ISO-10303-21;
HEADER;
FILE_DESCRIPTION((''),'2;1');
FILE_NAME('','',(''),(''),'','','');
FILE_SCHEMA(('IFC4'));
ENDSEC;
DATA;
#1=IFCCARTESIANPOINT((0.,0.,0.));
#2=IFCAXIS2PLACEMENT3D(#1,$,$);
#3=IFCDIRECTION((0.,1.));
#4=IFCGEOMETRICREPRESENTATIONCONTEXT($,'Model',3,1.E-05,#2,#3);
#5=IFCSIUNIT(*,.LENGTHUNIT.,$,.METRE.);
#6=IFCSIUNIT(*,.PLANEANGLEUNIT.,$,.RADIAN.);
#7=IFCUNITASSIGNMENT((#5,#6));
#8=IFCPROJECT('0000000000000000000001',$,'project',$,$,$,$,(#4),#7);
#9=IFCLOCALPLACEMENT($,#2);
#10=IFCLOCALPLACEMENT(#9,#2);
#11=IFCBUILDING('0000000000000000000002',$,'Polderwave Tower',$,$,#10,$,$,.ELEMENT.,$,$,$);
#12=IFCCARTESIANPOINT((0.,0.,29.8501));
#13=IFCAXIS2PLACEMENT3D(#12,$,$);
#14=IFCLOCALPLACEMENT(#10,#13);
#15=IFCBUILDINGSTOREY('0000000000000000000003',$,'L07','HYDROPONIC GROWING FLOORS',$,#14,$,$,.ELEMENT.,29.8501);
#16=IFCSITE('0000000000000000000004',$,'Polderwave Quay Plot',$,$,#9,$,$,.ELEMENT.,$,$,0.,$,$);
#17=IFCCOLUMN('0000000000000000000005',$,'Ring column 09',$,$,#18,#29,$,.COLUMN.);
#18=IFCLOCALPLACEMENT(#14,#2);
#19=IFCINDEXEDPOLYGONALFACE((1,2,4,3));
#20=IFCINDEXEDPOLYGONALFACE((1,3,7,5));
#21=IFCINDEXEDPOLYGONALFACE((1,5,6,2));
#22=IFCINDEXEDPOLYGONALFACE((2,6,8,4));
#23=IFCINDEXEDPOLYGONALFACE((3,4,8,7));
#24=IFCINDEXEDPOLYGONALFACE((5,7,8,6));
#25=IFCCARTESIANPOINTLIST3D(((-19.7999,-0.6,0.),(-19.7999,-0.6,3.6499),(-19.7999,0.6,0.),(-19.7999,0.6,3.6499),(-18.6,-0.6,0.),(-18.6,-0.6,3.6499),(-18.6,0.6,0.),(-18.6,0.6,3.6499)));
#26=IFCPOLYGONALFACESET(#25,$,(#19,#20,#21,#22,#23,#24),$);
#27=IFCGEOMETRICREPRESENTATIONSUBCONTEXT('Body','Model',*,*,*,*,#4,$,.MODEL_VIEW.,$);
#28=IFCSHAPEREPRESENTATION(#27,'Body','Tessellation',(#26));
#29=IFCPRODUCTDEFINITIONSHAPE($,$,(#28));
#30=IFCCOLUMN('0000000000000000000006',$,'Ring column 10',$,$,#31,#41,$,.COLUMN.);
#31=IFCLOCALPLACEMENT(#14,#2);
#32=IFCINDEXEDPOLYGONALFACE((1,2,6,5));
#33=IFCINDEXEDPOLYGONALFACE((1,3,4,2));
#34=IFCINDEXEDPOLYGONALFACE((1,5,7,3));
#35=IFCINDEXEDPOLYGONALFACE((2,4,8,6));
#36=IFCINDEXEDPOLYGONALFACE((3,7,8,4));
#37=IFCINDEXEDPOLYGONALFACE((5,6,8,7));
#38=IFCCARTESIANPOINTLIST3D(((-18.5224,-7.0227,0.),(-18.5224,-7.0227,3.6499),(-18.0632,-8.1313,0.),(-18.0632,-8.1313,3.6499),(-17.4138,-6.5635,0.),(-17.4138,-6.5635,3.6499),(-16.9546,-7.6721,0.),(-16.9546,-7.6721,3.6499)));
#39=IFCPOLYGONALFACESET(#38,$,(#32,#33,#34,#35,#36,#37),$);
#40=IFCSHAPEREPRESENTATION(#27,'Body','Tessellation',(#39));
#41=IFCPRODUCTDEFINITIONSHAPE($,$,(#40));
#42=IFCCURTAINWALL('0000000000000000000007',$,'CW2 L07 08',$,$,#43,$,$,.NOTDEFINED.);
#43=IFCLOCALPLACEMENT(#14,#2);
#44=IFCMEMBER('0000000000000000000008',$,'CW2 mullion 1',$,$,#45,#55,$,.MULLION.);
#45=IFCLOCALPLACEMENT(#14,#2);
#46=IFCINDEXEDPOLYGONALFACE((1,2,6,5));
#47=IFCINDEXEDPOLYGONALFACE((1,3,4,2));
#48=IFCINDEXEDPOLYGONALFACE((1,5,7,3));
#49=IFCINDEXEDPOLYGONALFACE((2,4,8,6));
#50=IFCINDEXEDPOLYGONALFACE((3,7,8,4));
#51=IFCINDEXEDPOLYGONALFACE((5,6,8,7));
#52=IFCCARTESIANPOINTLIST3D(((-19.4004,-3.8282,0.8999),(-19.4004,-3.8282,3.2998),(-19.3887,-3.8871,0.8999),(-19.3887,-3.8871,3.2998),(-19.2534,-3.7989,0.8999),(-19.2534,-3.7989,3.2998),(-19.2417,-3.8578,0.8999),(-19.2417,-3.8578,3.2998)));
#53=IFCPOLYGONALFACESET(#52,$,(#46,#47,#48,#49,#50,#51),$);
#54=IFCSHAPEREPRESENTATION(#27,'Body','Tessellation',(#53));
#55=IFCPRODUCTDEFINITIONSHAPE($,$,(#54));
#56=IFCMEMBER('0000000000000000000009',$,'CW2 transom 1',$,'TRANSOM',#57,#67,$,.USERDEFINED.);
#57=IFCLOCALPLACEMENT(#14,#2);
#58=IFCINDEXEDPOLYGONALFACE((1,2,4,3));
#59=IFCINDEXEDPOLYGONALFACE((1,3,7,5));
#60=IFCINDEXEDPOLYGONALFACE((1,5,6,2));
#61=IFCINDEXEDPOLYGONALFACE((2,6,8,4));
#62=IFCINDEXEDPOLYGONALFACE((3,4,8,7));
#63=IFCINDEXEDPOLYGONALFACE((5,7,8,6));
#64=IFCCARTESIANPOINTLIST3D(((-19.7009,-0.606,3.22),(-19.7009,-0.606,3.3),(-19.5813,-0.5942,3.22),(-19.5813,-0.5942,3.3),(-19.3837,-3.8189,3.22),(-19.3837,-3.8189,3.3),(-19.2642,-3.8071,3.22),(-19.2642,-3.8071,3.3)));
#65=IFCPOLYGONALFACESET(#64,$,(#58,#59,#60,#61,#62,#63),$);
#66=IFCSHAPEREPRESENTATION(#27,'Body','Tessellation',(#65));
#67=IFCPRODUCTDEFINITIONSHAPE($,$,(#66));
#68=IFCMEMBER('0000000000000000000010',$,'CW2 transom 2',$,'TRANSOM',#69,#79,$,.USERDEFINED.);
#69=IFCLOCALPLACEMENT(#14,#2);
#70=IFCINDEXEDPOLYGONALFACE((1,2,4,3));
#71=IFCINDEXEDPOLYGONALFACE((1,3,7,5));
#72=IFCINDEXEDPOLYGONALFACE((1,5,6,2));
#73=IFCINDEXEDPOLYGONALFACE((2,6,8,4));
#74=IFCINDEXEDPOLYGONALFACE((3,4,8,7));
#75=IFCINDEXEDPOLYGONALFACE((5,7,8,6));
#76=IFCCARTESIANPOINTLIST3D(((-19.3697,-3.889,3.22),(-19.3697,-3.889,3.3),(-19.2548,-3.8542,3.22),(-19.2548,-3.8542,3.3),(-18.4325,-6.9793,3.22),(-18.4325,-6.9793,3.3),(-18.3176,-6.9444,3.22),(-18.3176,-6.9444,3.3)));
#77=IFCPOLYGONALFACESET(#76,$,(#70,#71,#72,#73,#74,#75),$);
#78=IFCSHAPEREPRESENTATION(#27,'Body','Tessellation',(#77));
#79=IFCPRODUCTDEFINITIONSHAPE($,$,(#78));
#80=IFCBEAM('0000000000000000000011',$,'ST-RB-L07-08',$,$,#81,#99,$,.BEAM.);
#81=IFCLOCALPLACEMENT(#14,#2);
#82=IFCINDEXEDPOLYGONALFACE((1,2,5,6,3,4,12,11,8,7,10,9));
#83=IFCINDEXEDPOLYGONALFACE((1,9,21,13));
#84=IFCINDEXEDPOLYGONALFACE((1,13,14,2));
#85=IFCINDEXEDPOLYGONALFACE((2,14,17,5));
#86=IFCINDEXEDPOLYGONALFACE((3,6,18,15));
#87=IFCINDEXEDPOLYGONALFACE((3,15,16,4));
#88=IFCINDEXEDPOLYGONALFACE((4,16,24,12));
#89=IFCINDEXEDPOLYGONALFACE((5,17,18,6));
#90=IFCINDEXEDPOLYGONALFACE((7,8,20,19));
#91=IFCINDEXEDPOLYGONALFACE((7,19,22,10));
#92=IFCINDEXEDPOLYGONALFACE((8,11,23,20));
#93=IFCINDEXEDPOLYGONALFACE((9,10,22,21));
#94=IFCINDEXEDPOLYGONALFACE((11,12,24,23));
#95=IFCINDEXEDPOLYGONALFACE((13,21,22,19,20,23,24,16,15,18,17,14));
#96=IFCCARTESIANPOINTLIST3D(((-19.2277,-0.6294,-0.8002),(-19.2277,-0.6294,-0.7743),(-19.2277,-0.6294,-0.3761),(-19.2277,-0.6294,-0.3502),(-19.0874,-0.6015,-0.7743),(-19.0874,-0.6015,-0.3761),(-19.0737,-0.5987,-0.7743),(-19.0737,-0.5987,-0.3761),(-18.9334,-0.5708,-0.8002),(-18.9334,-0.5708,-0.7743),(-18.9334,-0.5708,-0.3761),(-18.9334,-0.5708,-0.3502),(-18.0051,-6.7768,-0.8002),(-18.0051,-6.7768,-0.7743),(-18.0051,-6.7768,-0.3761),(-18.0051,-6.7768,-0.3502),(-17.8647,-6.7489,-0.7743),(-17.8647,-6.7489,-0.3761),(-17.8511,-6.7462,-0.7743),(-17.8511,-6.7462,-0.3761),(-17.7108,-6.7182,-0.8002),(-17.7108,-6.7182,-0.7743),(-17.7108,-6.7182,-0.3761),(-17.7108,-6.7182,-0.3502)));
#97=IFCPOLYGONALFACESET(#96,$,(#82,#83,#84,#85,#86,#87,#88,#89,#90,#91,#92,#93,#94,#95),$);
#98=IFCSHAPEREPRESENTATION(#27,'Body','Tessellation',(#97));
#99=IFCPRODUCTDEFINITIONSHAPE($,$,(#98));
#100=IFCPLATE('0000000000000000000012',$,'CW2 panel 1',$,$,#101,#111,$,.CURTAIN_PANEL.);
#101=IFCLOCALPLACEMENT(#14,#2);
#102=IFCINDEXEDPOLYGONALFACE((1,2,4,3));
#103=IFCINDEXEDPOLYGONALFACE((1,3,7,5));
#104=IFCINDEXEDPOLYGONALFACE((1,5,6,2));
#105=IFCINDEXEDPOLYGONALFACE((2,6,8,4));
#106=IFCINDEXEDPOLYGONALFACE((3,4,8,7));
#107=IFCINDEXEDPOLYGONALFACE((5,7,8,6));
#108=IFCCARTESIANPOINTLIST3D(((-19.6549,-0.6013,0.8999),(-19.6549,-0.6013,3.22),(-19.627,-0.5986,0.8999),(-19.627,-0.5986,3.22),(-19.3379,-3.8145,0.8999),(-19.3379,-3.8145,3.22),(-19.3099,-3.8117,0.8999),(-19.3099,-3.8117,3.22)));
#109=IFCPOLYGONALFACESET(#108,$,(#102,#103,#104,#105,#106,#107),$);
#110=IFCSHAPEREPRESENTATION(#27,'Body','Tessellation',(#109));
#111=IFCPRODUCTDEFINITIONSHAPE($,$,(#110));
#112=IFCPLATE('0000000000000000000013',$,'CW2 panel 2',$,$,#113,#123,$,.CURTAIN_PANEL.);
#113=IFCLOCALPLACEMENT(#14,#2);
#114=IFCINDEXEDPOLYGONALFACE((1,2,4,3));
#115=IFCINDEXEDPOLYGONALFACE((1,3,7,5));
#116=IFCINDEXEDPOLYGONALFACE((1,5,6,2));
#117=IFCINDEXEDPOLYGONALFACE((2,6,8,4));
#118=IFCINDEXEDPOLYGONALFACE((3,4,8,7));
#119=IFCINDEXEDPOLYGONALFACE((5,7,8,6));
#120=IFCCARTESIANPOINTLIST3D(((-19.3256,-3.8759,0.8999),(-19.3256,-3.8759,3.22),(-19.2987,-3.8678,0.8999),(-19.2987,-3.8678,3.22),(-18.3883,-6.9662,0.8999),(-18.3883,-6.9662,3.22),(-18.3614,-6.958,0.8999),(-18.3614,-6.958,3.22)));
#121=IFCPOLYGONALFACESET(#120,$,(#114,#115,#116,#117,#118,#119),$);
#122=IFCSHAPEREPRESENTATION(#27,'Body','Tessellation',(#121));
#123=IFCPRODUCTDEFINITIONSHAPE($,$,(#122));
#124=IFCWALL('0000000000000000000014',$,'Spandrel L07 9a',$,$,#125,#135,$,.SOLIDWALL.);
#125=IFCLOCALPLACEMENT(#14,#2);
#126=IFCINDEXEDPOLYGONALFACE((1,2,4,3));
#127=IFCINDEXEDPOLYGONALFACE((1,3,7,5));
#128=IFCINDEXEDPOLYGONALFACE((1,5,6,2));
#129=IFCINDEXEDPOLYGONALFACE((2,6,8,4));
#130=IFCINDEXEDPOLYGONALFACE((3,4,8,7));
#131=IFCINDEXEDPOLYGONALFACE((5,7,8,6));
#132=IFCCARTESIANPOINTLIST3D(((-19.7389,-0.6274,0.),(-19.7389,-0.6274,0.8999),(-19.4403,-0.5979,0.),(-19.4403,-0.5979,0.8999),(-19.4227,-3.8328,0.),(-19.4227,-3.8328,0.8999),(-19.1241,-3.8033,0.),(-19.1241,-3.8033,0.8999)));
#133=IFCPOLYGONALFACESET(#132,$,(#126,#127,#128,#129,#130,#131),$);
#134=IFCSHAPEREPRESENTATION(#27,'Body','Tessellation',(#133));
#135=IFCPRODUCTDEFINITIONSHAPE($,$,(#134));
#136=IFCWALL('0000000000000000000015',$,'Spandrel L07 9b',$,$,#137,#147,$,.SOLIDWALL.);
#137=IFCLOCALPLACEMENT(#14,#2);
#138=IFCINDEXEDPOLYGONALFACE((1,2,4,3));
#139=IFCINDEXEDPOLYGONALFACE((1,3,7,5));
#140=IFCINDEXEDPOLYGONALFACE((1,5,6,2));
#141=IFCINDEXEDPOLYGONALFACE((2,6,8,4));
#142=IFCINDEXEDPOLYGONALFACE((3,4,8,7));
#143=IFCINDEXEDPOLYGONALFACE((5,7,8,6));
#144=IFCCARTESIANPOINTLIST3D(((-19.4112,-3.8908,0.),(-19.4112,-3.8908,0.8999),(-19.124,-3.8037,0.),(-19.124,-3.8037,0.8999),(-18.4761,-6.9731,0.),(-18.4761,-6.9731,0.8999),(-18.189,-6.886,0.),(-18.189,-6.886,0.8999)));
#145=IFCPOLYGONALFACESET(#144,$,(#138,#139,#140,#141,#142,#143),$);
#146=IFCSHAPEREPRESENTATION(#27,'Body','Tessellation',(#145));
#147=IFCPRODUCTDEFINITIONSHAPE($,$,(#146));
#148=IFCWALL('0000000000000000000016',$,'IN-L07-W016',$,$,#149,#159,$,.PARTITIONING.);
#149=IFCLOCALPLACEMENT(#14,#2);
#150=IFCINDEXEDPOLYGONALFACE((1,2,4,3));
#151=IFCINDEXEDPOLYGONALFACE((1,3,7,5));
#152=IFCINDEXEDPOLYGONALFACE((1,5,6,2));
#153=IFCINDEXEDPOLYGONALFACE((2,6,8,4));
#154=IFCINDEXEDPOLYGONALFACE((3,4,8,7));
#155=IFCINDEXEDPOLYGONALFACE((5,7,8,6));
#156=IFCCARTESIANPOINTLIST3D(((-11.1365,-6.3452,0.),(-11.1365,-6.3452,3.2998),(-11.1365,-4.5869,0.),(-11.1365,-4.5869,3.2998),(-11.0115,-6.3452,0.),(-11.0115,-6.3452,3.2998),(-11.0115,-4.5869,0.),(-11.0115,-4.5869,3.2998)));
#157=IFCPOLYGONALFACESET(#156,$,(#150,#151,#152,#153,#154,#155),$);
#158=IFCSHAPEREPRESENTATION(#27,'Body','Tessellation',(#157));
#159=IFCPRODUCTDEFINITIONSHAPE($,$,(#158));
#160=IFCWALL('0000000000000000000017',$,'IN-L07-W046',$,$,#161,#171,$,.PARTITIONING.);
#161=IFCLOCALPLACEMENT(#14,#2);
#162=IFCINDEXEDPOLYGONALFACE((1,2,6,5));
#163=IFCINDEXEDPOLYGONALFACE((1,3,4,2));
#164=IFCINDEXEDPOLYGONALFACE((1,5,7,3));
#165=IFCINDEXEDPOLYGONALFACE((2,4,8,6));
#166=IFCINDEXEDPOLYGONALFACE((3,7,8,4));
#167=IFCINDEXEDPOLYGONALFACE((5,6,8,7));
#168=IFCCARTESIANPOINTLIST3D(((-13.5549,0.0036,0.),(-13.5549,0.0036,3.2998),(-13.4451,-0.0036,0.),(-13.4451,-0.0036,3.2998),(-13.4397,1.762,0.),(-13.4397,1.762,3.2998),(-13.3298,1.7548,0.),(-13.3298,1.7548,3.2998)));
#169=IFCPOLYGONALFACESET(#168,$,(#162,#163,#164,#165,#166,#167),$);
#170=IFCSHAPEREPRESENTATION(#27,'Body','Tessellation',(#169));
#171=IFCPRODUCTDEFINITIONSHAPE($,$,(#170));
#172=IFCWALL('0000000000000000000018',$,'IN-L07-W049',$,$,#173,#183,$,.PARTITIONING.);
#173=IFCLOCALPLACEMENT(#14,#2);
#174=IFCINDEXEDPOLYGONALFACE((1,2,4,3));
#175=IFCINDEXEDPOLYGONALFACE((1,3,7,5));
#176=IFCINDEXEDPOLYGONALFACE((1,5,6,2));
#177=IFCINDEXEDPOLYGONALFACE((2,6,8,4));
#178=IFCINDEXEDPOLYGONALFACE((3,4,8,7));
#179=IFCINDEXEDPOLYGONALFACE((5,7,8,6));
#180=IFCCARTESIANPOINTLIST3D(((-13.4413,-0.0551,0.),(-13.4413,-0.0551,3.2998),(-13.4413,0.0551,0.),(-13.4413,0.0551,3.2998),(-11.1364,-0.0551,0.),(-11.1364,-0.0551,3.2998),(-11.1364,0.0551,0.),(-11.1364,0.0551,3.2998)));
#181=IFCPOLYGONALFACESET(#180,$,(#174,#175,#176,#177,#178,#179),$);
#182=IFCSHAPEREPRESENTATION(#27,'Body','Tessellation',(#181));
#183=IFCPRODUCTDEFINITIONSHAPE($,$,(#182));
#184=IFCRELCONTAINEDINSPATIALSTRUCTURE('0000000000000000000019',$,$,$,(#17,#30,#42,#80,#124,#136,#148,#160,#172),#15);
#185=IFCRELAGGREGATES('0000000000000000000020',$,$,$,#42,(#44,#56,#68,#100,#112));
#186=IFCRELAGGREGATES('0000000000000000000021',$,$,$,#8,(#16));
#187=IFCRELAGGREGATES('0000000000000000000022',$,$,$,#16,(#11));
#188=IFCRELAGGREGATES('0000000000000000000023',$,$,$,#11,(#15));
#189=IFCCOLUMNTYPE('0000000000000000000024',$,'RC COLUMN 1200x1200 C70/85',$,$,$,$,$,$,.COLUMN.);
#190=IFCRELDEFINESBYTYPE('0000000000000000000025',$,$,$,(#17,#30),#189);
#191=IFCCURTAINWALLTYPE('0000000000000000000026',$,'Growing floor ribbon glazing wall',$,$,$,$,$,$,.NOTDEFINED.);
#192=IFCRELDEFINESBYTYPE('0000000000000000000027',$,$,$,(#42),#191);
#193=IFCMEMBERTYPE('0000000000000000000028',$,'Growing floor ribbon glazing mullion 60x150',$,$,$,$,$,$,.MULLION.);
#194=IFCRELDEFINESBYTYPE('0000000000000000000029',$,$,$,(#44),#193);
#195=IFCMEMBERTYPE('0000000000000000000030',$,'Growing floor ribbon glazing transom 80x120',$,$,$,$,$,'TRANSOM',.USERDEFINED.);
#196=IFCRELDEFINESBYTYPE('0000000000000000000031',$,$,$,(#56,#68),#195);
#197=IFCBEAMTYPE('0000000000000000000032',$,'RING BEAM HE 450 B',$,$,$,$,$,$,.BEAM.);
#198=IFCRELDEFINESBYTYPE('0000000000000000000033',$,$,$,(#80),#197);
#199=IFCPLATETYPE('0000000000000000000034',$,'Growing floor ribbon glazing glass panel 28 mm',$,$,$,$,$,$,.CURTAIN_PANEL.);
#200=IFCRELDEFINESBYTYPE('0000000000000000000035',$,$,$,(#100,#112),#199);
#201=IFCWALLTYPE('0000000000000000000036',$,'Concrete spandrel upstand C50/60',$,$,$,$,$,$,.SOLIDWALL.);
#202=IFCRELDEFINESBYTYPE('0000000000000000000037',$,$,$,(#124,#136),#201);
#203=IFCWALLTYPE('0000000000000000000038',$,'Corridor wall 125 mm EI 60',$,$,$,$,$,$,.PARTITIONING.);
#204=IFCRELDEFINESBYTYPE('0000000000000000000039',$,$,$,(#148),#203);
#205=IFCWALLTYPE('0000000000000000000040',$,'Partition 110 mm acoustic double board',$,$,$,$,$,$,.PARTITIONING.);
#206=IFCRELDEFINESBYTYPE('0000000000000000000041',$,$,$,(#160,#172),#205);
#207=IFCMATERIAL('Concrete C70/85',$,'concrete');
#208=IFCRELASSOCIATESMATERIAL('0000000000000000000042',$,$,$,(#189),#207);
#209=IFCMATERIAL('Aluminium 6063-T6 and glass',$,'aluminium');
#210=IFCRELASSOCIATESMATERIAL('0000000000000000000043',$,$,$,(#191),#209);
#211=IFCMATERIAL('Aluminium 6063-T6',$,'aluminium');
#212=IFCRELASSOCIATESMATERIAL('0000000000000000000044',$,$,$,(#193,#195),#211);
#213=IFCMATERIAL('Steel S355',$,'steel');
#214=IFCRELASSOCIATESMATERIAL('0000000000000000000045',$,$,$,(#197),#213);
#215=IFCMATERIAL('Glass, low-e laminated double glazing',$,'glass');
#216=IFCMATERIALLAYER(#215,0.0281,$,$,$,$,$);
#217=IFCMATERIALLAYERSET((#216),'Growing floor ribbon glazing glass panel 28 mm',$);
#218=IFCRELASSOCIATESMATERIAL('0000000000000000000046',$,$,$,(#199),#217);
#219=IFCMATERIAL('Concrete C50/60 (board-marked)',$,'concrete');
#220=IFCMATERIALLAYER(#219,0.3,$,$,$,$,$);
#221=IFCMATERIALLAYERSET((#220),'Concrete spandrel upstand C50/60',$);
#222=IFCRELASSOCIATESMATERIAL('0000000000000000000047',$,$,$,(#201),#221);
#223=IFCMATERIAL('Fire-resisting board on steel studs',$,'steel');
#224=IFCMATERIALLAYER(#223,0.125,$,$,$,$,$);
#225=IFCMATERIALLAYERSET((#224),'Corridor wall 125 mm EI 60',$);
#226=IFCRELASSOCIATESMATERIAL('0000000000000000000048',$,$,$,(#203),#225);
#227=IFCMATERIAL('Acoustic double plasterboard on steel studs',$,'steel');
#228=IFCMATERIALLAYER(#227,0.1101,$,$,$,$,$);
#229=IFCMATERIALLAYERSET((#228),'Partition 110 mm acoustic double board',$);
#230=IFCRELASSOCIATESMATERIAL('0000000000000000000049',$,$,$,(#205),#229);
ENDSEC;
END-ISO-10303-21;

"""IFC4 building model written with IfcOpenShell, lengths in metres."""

from ifc_helpers import new_model, si_unit, direction, frame, frame_2d, origin, origin_2d, place, context, subcontext, project, spatial, rectangle, i_section, extrude, material, layer, layer_set, material_profile, profile_set, type_object, element, aggregate, save


model = new_model("IFC4")

# Units and contexts
model_context = context("Model", 3, precision=1e-05, world=origin(), true_north=direction((0.0, 1.0)))
body_context = subcontext(model_context, "Body", "Model", "MODEL_VIEW")
ifc_project = project(units=[si_unit("LENGTHUNIT", "METRE"), si_unit("PLANEANGLEUNIT", "RADIAN")], contexts=[model_context])

# Site, building, storey
site_placement = place(None, origin())
site = spatial("IfcSite", under=ifc_project, at=site_placement, Name="Polderwave Quay Plot", CompositionType="ELEMENT", RefElevation=0.0)
building_placement = place(site_placement, origin())
building = spatial("IfcBuilding", under=site, at=building_placement, Name="Polderwave Tower", CompositionType="ELEMENT")
storey_placement = place(building_placement, frame((0.0, 0.0, 29.8501)))
storey = spatial("IfcBuildingStorey", under=building, at=storey_placement, Name="L07", Description="HYDROPONIC GROWING FLOORS", CompositionType="ELEMENT", Elevation=29.8501)

# Columns
ifc_material_1 = material(Name="Concrete C70/85", Category="concrete")
ifc_material_profile_1 = material_profile(ifc_material_1, rectangle(XDim=1.2, YDim=1.2, at=origin_2d()), Name="RC 1200x1200")
ifc_profile_set_1 = profile_set([ifc_material_profile_1], Name="Concrete C70/85")
column_type = type_object("IfcColumnType", Name="RC COLUMN 1200x1200 C70/85", PredefinedType="COLUMN", material=ifc_profile_set_1)
for number, where, z_axis, x_axis, name in (
    (1, (-19.2, 0.0, 0.0), (0.0, 0.0, 1.0), (-1.0, 0.0, 0.0), "Ring column 09"),
    (2, (-17.7385, -7.3474, 0.0), (0.0, 0.0, 1.0), (-0.92388, -0.382683, 0.0), "Ring column 10"),
):
    element("IfcColumn", number, at=place(storey_placement, frame(where, z_axis=z_axis, x_axis=x_axis)), inside=storey, type_object=column_type, Name=name, PredefinedType="COLUMN", context=body_context, shape_type="SweptSolid", body=[
        extrude(rectangle(XDim=1.2, YDim=1.2, at=origin_2d()), origin(), (0.0, 0.0, 1.0), 3.6499),
    ])

# Curtain wall, members
ifc_material_2 = material(Name="Aluminium 6063-T6 and glass", Category="aluminium")
curtain_wall_type = type_object("IfcCurtainWallType", Name="Growing floor ribbon glazing wall", PredefinedType="NOTDEFINED", material=ifc_material_2)
curtain_wall_placement = place(storey_placement, origin())
curtain_wall = element("IfcCurtainWall", 3, at=curtain_wall_placement, inside=storey, type_object=curtain_wall_type, Name="CW2 L07 08", PredefinedType="NOTDEFINED")
ifc_material_3 = material(Name="Aluminium 6063-T6", Category="aluminium")
ifc_material_profile_2 = material_profile(ifc_material_3, rectangle(XDim=0.1499, YDim=0.0601, at=origin_2d()), Name="AL 60x150")
ifc_profile_set_2 = profile_set([ifc_material_profile_2], Name="Aluminium 6063-T6")
member_type_1 = type_object("IfcMemberType", Name="Growing floor ribbon glazing mullion 60x150", PredefinedType="MULLION", material=ifc_profile_set_2)
member_1_placement = place(storey_placement, frame((-19.321, -3.843, 0.8999), z_axis=(0.0, 0.0, 1.0), x_axis=(0.980772, 0.195159, 0.0)))
member_1 = element("IfcMember", 4, at=member_1_placement, type_object=member_type_1, Name="CW2 mullion 1", PredefinedType="MULLION", context=body_context, shape_type="SweptSolid", body=[
    extrude(rectangle(XDim=0.1499, YDim=0.0601, at=origin_2d()), origin(), (0.0, 0.0, 1.0), 2.3999),
])
ifc_material_profile_3 = material_profile(ifc_material_3, rectangle(XDim=0.1201, YDim=0.0801, at=origin_2d()), Name="AL 80x120")
ifc_profile_set_3 = profile_set([ifc_material_profile_3], Name="Aluminium 6063-T6")
member_type_2 = type_object("IfcMemberType", Name="Growing floor ribbon glazing transom 80x120", ElementType="TRANSOM", PredefinedType="USERDEFINED", material=ifc_profile_set_3)
member_2_placement = place(storey_placement, frame((-19.6411, -0.6001, 3.26), z_axis=(0.098231, -0.995164, 0.0), x_axis=(0.995164, 0.098231, 0.0)))
member_2 = element("IfcMember", 5, at=member_2_placement, type_object=member_type_2, Name="CW2 transom 1", ObjectType="TRANSOM", PredefinedType="USERDEFINED", context=body_context, shape_type="SweptSolid", body=[
    extrude(rectangle(XDim=0.1201, YDim=0.0801, at=origin_2d()), origin(), (0.0, 0.0, 1.0), 3.2285),
])
member_3_placement = place(storey_placement, frame((-19.3123, -3.8716, 3.26), z_axis=(0.290232, -0.956956, 0.0), x_axis=(0.956956, 0.290232, 0.0)))
member_3 = element("IfcMember", 6, at=member_3_placement, type_object=member_type_2, Name="CW2 transom 2", ObjectType="TRANSOM", PredefinedType="USERDEFINED", context=body_context, shape_type="SweptSolid", body=[
    extrude(rectangle(XDim=0.1201, YDim=0.0801, at=origin_2d()), origin(), (0.0, 0.0, 1.0), 3.2292),
])

# Beam
ifc_material_4 = material(Name="Steel S355", Category="steel")
ifc_material_profile_4 = material_profile(ifc_material_4, i_section(OverallWidth=0.3, OverallDepth=0.45, WebThickness=0.0139, FlangeThickness=0.0259, at=origin_2d()), Name="HE 450 B")
ifc_profile_set_4 = profile_set([ifc_material_profile_4], Name="Steel S355")
beam_type = type_object("IfcBeamType", Name="RING BEAM HE 450 B", PredefinedType="BEAM", material=ifc_profile_set_4)
beam_placement = place(storey_placement, frame((-19.0806, -0.6001, -0.5752), z_axis=(0.195067, -0.98079, 0.0), x_axis=(0.98079, 0.195067, 0.0)))
element("IfcBeam", 7, at=beam_placement, inside=storey, type_object=beam_type, Name="ST-RB-L07-08", PredefinedType="BEAM", context=body_context, shape_type="SweptSolid", body=[
    extrude(i_section(OverallWidth=0.3, OverallDepth=0.45, WebThickness=0.0139, FlangeThickness=0.0259, at=origin_2d()), origin(), (0.0, 0.0, 1.0), 6.2678),
])

# Plates
ifc_material_5 = material(Name="Glass, low-e laminated double glazing", Category="glass")
ifc_layer_1 = layer(ifc_material_5, 0.0281)
ifc_layer_set_1 = layer_set([ifc_layer_1], Name="Growing floor ribbon glazing glass panel 28 mm")
plate_type = type_object("IfcPlateType", Name="Growing floor ribbon glazing glass panel 28 mm", PredefinedType="CURTAIN_PANEL", material=ifc_layer_set_1)
plate_1_placement = place(storey_placement, frame((-19.4824, -2.2065, 0.8999), z_axis=(0.0, 0.0, 1.0), x_axis=(0.098198, -0.995167, 0.0)))
plate_1 = element("IfcPlate", 8, at=plate_1_placement, type_object=plate_type, Name="CW2 panel 1", PredefinedType="CURTAIN_PANEL", context=body_context, shape_type="SweptSolid", body=[
    extrude(rectangle(XDim=3.2288, YDim=0.0281, at=origin_2d()), origin(), (0.0, 0.0, 1.0), 2.3201),
])
plate_2_placement = place(storey_placement, frame((-18.8435, -5.417, 0.8999), z_axis=(0.0, 0.0, 1.0), x_axis=(0.290246, -0.956952, 0.0)))
plate_2 = element("IfcPlate", 9, at=plate_2_placement, type_object=plate_type, Name="CW2 panel 2", PredefinedType="CURTAIN_PANEL", context=body_context, shape_type="SweptSolid", body=[
    extrude(rectangle(XDim=3.2292, YDim=0.0281, at=origin_2d()), origin(), (0.0, 0.0, 1.0), 2.3201),
])
aggregate(curtain_wall, [member_1, member_2, member_3, plate_1, plate_2])

# Walls
ifc_material_6 = material(Name="Concrete C50/60 (board-marked)", Category="concrete")
ifc_layer_2 = layer(ifc_material_6, 0.3)
ifc_layer_set_2 = layer_set([ifc_layer_2], Name="Concrete spandrel upstand C50/60")
wall_type_1 = type_object("IfcWallType", Name="Concrete spandrel upstand C50/60", PredefinedType="SOLIDWALL", material=ifc_layer_set_2)
for number, where, z_axis, x_axis, name in (
    (10, (-19.5896, -0.6128, 0.0), (0.0, 0.0, 1.0), (0.09816, -0.995171, 0.0), "Spandrel L07 9a"),
    (11, (-19.2676, -3.8474, 0.0), (0.0, 0.0, 1.0), (0.290302, -0.956935, 0.0), "Spandrel L07 9b"),
):
    element("IfcWall", number, at=place(storey_placement, frame(where, z_axis=z_axis, x_axis=x_axis)), inside=storey, type_object=wall_type_1, Name=name, PredefinedType="SOLIDWALL", context=body_context, shape_type="SweptSolid", body=[
        extrude(rectangle(XDim=3.2209, YDim=0.3, at=frame_2d((1.6104, 0.0))), origin(), (0.0, 0.0, 1.0), 0.8999),
    ])
ifc_material_7 = material(Name="Fire-resisting board on steel studs", Category="steel")
ifc_layer_3 = layer(ifc_material_7, 0.125)
ifc_layer_set_3 = layer_set([ifc_layer_3], Name="Corridor wall 125 mm EI 60")
wall_type_2 = type_object("IfcWallType", Name="Corridor wall 125 mm EI 60", PredefinedType="PARTITIONING", material=ifc_layer_set_3)
wall_1_placement = place(storey_placement, frame((-11.074, -6.3452, 0.0), z_axis=(0.0, 0.0, 1.0), x_axis=(0.0, 1.0, 0.0)))
element("IfcWall", 12, at=wall_1_placement, inside=storey, type_object=wall_type_2, Name="IN-L07-W016", PredefinedType="PARTITIONING", context=body_context, shape_type="SweptSolid", body=[
    extrude(rectangle(XDim=1.7583, YDim=0.125, at=frame_2d((0.8792, 0.0))), origin(), (0.0, 0.0, 1.0), 3.2998),
])
ifc_material_8 = material(Name="Acoustic double plasterboard on steel studs", Category="steel")
ifc_layer_4 = layer(ifc_material_8, 0.1101)
ifc_layer_set_4 = layer_set([ifc_layer_4], Name="Partition 110 mm acoustic double board")
wall_type_3 = type_object("IfcWallType", Name="Partition 110 mm acoustic double board", PredefinedType="PARTITIONING", material=ifc_layer_set_4)
wall_2_placement = place(storey_placement, frame((-13.5, 0.0, 0.0), z_axis=(0.0, 0.0, 1.0), x_axis=(0.065388, 0.99786, 0.0)))
element("IfcWall", 13, at=wall_2_placement, inside=storey, type_object=wall_type_3, Name="IN-L07-W046", PredefinedType="PARTITIONING", context=body_context, shape_type="SweptSolid", body=[
    extrude(rectangle(XDim=1.7622, YDim=0.1101, at=frame_2d((0.8811, 0.0))), origin(), (0.0, 0.0, 1.0), 3.2998),
])
wall_3_placement = place(storey_placement, frame((-11.1365, 0.0, 0.0), z_axis=(0.0, 0.0, 1.0), x_axis=(-1.0, 0.0, 0.0)))
element("IfcWall", 14, at=wall_3_placement, inside=storey, type_object=wall_type_3, Name="IN-L07-W049", PredefinedType="PARTITIONING", context=body_context, shape_type="SweptSolid", body=[
    extrude(rectangle(XDim=2.3049, YDim=0.1101, at=frame_2d((1.1523, 0.0))), origin(), (0.0, 0.0, 1.0), 3.2998),
])

save(model, "model.ifc")
